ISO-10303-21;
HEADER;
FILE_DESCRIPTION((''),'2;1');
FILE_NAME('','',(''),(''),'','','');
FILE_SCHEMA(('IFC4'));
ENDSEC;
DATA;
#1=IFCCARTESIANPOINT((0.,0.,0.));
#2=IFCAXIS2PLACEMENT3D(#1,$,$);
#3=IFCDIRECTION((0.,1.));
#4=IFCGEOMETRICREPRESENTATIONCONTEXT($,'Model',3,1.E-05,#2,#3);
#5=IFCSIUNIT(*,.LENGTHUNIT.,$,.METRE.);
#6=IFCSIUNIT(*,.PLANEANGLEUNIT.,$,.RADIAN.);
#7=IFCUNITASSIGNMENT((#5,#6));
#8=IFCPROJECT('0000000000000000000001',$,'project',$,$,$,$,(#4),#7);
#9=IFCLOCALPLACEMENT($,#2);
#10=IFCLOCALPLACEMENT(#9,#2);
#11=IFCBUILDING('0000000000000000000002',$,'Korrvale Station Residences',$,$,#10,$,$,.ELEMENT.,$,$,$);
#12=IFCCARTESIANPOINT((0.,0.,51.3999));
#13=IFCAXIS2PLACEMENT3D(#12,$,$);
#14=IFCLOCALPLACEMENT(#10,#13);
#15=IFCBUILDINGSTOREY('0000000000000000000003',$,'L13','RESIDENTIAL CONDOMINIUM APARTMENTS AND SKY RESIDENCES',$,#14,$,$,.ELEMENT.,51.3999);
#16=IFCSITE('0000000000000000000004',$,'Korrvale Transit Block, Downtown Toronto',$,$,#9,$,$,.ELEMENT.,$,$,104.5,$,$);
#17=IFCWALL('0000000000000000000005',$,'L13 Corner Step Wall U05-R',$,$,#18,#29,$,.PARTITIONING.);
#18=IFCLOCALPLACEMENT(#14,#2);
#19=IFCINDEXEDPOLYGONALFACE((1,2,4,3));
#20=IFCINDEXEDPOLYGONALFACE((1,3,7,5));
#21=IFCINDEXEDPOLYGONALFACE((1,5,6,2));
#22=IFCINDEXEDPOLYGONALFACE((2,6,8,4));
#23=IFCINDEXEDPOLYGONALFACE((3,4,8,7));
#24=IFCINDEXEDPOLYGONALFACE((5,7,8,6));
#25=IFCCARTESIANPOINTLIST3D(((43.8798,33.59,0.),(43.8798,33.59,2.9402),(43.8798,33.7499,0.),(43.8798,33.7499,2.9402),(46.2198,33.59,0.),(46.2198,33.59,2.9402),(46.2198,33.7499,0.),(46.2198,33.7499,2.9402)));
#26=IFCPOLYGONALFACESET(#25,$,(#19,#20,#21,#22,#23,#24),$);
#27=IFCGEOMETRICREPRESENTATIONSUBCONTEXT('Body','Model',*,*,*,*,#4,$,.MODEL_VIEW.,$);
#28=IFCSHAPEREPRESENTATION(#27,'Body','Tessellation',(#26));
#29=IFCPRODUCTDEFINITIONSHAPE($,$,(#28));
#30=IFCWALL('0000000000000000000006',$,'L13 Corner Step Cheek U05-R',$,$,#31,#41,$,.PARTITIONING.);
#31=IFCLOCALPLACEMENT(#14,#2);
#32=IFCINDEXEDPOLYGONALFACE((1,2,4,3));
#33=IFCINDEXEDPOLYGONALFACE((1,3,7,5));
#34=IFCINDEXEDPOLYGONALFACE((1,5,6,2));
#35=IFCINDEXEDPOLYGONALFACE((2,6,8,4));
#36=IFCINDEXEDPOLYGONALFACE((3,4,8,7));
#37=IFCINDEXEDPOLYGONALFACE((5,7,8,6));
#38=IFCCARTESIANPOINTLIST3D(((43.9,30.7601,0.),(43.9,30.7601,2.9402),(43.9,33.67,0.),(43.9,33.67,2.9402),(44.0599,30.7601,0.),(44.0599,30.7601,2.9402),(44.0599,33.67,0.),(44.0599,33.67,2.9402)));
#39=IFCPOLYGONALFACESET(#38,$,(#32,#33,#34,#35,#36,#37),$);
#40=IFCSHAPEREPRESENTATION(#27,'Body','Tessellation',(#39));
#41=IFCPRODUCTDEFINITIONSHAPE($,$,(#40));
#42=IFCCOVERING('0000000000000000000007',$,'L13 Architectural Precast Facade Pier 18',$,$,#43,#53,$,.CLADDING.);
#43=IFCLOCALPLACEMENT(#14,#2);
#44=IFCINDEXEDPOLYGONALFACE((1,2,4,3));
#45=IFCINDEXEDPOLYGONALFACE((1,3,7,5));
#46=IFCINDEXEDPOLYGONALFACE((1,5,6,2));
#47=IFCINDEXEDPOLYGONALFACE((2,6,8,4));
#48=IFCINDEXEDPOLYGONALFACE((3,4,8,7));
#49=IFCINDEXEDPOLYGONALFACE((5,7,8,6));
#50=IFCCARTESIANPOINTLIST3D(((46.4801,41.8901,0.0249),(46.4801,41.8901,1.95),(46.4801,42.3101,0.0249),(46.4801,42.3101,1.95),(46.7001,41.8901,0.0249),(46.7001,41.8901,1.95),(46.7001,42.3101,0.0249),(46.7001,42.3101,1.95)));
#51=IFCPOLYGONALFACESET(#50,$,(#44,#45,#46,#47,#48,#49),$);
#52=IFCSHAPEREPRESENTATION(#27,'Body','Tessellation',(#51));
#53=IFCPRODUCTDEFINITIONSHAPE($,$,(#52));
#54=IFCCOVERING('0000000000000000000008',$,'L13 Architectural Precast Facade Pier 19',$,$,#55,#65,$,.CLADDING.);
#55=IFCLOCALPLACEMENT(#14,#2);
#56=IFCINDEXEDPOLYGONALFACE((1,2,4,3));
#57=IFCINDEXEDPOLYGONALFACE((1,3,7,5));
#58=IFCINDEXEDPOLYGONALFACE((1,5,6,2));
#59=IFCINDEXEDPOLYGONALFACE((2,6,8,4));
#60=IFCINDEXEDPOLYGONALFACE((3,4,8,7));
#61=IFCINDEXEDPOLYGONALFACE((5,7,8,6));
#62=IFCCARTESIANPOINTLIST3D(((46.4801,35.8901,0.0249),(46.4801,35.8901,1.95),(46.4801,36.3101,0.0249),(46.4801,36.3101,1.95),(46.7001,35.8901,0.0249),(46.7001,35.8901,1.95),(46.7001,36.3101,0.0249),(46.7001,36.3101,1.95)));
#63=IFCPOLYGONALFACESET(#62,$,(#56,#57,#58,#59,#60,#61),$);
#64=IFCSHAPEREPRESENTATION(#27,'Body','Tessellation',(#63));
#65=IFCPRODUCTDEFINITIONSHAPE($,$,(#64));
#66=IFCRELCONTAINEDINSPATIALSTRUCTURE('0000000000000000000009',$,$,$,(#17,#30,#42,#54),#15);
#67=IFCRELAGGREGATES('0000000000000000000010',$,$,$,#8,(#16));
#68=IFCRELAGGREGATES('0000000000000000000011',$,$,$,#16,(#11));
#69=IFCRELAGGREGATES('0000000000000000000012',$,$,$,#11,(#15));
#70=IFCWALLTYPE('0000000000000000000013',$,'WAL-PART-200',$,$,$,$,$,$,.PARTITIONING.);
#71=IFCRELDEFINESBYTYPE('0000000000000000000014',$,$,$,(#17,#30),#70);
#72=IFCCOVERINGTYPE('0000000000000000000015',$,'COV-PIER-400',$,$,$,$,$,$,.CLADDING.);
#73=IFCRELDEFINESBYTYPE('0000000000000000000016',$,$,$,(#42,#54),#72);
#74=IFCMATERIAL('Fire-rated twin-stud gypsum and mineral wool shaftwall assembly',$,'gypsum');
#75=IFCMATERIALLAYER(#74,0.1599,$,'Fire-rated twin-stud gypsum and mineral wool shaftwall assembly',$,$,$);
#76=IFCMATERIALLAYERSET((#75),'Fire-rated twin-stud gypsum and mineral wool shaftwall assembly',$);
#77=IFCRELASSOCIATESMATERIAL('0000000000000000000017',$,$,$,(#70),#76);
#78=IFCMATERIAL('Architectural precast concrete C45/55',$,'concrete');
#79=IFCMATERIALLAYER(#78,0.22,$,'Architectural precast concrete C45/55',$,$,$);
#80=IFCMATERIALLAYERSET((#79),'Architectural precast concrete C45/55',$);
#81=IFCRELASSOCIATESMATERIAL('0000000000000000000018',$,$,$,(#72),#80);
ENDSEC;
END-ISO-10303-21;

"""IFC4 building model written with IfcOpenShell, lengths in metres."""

from ifc_helpers import new_model, si_unit, direction, frame, frame_2d, origin, origin_2d, place, context, subcontext, project, spatial, rectangle, extrude, material, layer, layer_set, type_object, element, save


model = new_model("IFC4")

# Units and contexts
model_context = context("Model", 3, precision=1e-05, world=origin(), true_north=direction((0.0, 1.0)))
body_context = subcontext(model_context, "Body", "Model", "MODEL_VIEW")
ifc_project = project(units=[si_unit("LENGTHUNIT", "METRE"), si_unit("PLANEANGLEUNIT", "RADIAN")], contexts=[model_context])

# Site, building, storey
site_placement = place(None, origin())
site = spatial("IfcSite", under=ifc_project, at=site_placement, Name="Korrvale Transit Block, Downtown Toronto", CompositionType="ELEMENT", RefElevation=104.5)
building_placement = place(site_placement, origin())
building = spatial("IfcBuilding", under=site, at=building_placement, Name="Korrvale Station Residences", CompositionType="ELEMENT")
storey_placement = place(building_placement, frame((0.0, 0.0, 51.3999)))
storey = spatial("IfcBuildingStorey", under=building, at=storey_placement, Name="L13", Description="RESIDENTIAL CONDOMINIUM APARTMENTS AND SKY RESIDENCES", CompositionType="ELEMENT", Elevation=51.3999)

# Walls
ifc_material_1 = material(Name="Fire-rated twin-stud gypsum and mineral wool shaftwall assembly", Category="gypsum")
ifc_layer_1 = layer(ifc_material_1, 0.1599, Name="Fire-rated twin-stud gypsum and mineral wool shaftwall assembly")
ifc_layer_set_1 = layer_set([ifc_layer_1], Name="Fire-rated twin-stud gypsum and mineral wool shaftwall assembly")
wall_type_1 = type_object("IfcWallType", Name="WAL-PART-200", PredefinedType="PARTITIONING", material=ifc_layer_set_1)
wall_1_placement = place(storey_placement, frame((43.8799, 33.6699, 0.0), z_axis=(0.0, 0.0, 1.0), x_axis=(1.0, 0.0, 0.0)))
element("IfcWall", 1, at=wall_1_placement, inside=storey, type_object=wall_type_1, Name="L13 Corner Step Wall U05-R", PredefinedType="PARTITIONING", context=body_context, shape_type="SweptSolid", body=[
    extrude(rectangle(XDim=2.3401, YDim=0.1599, at=frame_2d((1.1699, 0.0))), origin(), (0.0, 0.0, 1.0), 2.9402),
])
wall_2_placement = place(storey_placement, frame((43.98, 30.76, 0.0), z_axis=(0.0, 0.0, 1.0), x_axis=(0.0, 1.0, 0.0)))
element("IfcWall", 2, at=wall_2_placement, inside=storey, type_object=wall_type_1, Name="L13 Corner Step Cheek U05-R", PredefinedType="PARTITIONING", context=body_context, shape_type="SweptSolid", body=[
    extrude(rectangle(XDim=2.9099, YDim=0.1599, at=frame_2d((1.4551, 0.0))), origin(), (0.0, 0.0, 1.0), 2.9402),
])

# Coverings
ifc_material_2 = material(Name="Architectural precast concrete C45/55", Category="concrete")
ifc_layer_2 = layer(ifc_material_2, 0.22, Name="Architectural precast concrete C45/55")
ifc_layer_set_2 = layer_set([ifc_layer_2], Name="Architectural precast concrete C45/55")
covering_type = type_object("IfcCoveringType", Name="COV-PIER-400", PredefinedType="CLADDING", material=ifc_layer_set_2)
for number, where, z_axis, x_axis, name in (
    (3, (46.5901, 42.1001, 0.0249), (0.0, 0.0, 1.0), (0.0, 1.0, 0.0), "L13 Architectural Precast Facade Pier 18"),
    (4, (46.5901, 36.1001, 0.0249), (0.0, 0.0, 1.0), (0.0, 1.0, 0.0), "L13 Architectural Precast Facade Pier 19"),
):
    element("IfcCovering", number, at=place(storey_placement, frame(where, z_axis=z_axis, x_axis=x_axis)), inside=storey, type_object=covering_type, Name=name, PredefinedType="CLADDING", context=body_context, shape_type="SweptSolid", body=[
        extrude(rectangle(XDim=0.4199, YDim=0.22, at=origin_2d()), origin(), (0.0, 0.0, 1.0), 1.925),
    ])

save(model, "model.ifc")
